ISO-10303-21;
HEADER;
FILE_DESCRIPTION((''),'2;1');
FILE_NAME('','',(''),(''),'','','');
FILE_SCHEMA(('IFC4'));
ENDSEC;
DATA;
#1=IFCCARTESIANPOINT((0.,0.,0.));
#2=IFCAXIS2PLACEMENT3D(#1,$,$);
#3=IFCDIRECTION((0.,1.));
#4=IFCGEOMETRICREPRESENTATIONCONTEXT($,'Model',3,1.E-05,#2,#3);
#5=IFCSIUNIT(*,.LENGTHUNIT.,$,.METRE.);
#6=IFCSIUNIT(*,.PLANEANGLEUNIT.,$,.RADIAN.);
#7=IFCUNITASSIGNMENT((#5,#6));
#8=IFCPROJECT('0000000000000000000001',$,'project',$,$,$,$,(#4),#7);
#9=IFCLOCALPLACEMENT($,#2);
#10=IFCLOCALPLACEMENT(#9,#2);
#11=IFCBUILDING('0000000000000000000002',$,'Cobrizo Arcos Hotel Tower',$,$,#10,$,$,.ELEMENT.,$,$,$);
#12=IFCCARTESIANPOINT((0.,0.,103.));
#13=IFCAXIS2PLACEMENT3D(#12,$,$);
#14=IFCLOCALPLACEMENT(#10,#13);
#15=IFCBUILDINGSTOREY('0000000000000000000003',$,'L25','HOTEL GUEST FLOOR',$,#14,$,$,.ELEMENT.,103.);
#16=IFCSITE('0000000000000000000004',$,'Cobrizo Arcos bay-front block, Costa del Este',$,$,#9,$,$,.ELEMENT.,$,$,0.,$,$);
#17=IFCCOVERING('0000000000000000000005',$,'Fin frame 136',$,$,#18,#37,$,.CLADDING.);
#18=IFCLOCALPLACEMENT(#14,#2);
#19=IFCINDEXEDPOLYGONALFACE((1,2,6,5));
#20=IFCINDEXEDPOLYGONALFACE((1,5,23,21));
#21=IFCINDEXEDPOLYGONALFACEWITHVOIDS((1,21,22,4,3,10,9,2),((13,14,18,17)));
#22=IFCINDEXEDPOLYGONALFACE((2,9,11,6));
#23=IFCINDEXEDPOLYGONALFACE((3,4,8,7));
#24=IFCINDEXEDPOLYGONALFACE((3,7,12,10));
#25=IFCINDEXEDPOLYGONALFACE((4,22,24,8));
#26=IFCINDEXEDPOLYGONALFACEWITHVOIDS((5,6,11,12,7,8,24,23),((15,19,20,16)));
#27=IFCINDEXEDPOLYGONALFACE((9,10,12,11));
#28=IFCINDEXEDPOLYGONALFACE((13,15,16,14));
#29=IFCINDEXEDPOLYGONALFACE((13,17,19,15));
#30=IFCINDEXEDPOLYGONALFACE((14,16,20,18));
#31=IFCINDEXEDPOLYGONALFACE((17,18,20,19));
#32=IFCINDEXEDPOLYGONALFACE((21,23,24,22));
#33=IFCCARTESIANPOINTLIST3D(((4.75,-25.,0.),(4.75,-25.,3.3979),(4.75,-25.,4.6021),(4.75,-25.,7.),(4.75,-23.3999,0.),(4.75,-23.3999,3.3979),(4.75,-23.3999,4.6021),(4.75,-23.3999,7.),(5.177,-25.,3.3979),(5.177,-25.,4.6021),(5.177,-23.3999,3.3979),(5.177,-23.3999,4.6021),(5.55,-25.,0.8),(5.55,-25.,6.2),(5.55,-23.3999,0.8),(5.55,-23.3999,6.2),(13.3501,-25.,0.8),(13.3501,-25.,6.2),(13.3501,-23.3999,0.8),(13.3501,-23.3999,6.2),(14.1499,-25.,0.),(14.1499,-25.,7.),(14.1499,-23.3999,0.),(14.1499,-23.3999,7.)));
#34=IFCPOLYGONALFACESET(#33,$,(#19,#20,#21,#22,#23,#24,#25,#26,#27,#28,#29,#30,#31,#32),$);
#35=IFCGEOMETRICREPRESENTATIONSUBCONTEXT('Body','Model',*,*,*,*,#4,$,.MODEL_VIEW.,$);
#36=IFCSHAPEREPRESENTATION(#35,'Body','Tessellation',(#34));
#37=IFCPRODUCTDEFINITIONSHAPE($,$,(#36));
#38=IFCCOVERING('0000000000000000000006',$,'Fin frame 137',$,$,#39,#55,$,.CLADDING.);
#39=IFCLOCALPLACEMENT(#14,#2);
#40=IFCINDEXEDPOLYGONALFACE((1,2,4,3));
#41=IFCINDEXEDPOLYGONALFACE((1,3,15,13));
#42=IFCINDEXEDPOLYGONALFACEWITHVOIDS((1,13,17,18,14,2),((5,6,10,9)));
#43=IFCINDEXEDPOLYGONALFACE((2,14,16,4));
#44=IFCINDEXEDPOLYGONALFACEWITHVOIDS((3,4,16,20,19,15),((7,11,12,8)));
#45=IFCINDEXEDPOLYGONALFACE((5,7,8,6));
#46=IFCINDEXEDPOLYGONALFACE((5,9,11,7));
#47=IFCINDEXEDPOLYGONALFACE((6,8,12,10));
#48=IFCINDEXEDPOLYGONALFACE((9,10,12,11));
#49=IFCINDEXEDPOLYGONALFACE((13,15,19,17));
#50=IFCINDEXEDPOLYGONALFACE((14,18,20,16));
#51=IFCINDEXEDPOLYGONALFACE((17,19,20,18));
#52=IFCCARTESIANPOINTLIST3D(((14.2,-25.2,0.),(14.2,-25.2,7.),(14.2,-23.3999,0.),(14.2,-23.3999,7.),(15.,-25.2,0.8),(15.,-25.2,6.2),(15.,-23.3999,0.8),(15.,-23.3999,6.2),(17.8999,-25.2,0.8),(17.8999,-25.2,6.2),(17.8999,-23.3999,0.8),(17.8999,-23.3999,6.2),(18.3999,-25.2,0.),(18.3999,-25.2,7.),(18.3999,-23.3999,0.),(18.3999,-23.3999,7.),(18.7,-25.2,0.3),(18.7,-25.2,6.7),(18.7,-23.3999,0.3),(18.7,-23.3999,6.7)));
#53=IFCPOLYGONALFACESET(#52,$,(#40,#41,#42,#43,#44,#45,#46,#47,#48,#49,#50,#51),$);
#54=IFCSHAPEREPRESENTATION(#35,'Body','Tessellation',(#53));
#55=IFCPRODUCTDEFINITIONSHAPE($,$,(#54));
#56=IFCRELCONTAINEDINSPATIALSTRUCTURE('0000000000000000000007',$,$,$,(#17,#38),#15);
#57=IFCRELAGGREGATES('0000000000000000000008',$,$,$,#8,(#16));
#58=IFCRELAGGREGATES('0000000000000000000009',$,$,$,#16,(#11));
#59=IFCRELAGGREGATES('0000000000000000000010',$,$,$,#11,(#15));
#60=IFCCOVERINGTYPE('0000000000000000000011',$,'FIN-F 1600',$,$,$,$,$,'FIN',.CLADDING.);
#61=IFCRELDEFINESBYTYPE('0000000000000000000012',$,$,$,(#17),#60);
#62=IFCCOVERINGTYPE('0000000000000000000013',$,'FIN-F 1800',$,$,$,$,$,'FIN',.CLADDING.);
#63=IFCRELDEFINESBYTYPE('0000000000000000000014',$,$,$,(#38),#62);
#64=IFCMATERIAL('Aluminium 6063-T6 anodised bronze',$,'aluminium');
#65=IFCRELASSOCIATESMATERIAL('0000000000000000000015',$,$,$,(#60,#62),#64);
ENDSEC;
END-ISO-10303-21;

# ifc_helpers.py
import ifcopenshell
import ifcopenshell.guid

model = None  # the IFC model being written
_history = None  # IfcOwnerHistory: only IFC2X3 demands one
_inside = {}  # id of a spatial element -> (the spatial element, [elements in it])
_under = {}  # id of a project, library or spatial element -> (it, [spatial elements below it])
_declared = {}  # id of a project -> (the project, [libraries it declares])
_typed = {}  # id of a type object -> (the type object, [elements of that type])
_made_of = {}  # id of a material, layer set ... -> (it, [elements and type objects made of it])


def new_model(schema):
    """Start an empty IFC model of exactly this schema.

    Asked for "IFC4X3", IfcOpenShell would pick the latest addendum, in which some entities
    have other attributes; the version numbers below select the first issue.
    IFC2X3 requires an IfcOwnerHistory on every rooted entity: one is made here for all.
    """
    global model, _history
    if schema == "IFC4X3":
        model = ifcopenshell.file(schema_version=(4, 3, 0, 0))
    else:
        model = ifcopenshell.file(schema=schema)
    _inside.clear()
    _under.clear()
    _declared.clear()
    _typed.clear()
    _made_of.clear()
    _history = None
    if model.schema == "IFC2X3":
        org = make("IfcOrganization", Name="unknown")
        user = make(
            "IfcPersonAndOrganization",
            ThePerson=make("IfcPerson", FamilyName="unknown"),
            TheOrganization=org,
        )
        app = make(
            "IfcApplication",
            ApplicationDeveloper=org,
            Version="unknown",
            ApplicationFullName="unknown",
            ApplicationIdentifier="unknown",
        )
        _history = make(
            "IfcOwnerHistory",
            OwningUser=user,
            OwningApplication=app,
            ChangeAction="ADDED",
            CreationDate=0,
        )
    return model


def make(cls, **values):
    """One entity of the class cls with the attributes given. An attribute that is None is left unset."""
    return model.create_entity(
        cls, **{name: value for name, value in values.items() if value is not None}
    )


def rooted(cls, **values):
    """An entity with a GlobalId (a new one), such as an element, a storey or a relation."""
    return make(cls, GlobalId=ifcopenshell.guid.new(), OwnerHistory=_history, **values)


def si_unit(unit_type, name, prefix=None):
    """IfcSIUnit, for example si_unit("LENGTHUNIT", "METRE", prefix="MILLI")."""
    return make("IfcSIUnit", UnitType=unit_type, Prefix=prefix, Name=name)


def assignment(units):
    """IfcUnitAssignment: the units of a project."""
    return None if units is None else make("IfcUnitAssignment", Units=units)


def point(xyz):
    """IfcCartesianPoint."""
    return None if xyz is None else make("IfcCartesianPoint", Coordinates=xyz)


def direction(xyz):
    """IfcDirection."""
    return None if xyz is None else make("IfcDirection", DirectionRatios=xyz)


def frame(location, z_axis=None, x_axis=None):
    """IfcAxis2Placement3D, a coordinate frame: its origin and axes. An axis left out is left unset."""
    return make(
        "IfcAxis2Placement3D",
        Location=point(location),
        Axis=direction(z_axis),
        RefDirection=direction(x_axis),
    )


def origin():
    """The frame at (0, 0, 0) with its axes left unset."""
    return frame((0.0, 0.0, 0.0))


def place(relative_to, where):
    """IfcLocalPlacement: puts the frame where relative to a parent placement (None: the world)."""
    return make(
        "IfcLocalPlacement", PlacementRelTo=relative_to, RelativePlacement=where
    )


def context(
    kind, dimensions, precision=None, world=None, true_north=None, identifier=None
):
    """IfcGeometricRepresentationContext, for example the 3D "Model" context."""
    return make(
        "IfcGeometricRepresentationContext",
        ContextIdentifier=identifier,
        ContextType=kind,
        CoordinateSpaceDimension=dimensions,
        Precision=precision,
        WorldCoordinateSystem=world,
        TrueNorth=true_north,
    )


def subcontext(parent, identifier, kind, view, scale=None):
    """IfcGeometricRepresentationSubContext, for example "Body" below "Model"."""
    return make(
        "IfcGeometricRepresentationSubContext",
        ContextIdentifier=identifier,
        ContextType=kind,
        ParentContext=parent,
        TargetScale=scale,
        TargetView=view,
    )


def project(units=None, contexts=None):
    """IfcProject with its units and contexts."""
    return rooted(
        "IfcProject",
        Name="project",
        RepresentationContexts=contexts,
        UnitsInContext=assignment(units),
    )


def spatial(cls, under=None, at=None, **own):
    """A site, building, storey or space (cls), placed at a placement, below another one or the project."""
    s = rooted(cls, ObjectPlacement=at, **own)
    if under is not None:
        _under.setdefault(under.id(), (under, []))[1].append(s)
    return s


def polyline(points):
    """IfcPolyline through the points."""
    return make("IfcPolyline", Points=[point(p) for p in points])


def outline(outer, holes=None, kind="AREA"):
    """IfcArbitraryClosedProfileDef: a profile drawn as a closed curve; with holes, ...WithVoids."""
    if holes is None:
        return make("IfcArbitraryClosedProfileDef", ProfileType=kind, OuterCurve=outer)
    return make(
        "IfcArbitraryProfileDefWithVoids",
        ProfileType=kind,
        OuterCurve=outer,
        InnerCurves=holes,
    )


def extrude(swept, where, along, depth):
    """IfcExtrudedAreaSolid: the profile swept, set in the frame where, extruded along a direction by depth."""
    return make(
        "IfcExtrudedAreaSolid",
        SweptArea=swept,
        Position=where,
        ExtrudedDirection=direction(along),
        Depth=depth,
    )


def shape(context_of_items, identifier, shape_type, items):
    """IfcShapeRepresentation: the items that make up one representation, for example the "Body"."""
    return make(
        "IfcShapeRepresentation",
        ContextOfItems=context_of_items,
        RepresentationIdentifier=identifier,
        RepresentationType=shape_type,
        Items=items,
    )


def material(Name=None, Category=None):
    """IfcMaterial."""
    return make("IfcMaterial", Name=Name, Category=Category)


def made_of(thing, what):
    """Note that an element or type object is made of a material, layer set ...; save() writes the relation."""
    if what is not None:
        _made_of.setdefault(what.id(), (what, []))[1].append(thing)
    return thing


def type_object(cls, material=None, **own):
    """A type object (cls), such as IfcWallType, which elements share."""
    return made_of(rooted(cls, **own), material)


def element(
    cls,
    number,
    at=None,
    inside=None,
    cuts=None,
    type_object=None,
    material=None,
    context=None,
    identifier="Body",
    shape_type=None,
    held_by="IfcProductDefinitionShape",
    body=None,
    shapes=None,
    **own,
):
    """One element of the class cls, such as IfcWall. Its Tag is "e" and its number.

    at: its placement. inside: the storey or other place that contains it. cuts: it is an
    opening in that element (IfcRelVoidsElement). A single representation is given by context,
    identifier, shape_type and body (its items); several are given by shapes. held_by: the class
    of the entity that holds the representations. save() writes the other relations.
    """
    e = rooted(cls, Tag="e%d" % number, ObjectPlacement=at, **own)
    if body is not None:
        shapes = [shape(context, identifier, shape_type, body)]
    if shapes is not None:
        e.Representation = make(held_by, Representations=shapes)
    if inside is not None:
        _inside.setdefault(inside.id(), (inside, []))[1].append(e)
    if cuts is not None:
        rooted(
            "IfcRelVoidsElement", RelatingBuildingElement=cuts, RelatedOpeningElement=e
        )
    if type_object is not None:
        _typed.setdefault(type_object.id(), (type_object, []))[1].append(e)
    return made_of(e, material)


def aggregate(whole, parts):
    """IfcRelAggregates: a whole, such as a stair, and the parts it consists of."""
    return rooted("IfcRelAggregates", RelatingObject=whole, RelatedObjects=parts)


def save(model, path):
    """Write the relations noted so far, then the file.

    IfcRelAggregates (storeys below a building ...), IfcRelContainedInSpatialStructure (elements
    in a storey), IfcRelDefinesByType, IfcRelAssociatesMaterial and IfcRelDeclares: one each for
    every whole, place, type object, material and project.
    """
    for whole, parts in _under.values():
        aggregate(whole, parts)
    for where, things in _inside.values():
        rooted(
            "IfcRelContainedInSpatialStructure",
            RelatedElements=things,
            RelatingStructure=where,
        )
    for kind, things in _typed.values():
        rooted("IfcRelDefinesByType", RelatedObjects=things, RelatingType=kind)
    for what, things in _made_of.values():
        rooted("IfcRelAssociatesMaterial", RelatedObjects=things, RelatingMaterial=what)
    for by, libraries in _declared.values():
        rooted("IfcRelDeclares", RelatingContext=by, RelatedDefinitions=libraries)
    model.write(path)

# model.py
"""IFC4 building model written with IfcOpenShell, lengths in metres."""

from ifc_helpers import new_model, si_unit, direction, frame, origin, place, context, subcontext, project, spatial, polyline, outline, extrude, material, type_object, element, save


model = new_model("IFC4")

# Units and contexts
model_context = context("Model", 3, precision=1e-05, world=origin(), true_north=direction((0.0, 1.0)))
body_context = subcontext(model_context, "Body", "Model", "MODEL_VIEW")
ifc_project = project(units=[si_unit("LENGTHUNIT", "METRE"), si_unit("PLANEANGLEUNIT", "RADIAN")], contexts=[model_context])

# Site, building, storey
site_placement = place(None, origin())
site = spatial("IfcSite", under=ifc_project, at=site_placement, Name="Cobrizo Arcos bay-front block, Costa del Este", CompositionType="ELEMENT", RefElevation=0.0)
building_placement = place(site_placement, origin())
building = spatial("IfcBuilding", under=site, at=building_placement, Name="Cobrizo Arcos Hotel Tower", CompositionType="ELEMENT")
storey_placement = place(building_placement, frame((0.0, 0.0, 103.0)))
storey = spatial("IfcBuildingStorey", under=building, at=storey_placement, Name="L25", Description="HOTEL GUEST FLOOR", CompositionType="ELEMENT", Elevation=103.0)

# Shared definitions
ifc_material_1 = material(Name="Aluminium 6063-T6 anodised bronze", Category="aluminium")

# Coverings
covering_type_1 = type_object("IfcCoveringType", Name="FIN-F 1600", ElementType="FIN", PredefinedType="CLADDING", material=ifc_material_1)
covering_1_placement = place(storey_placement, frame((4.75, -23.3999, 0.0), z_axis=(0.0, -1.0, 0.0), x_axis=(1.0, 0.0, 0.0)))
element("IfcCovering", 1, at=covering_1_placement, inside=storey, type_object=covering_type_1, Name="Fin frame 136", PredefinedType="CLADDING", context=body_context, shape_type="SweptSolid", body=[
    extrude(outline(polyline([(0.0, 7.0), (0.0, 4.6021), (0.427, 4.6021), (0.427, 3.3979), (0.0, 3.3979), (0.0, 0.0), (9.3999, 0.0), (9.3999, 7.0), (0.0, 7.0)]), holes=[polyline([(8.6001, 0.8), (0.8, 0.8), (0.8, 6.2), (8.6001, 6.2), (8.6001, 0.8)])]), origin(), (0.0, 0.0, 1.0), 1.6001),
])
covering_type_2 = type_object("IfcCoveringType", Name="FIN-F 1800", ElementType="FIN", PredefinedType="CLADDING", material=ifc_material_1)
covering_2_placement = place(storey_placement, frame((14.2, -23.3999, 0.0), z_axis=(0.0, -1.0, 0.0), x_axis=(1.0, 0.0, 0.0)))
element("IfcCovering", 2, at=covering_2_placement, inside=storey, type_object=covering_type_2, Name="Fin frame 137", PredefinedType="CLADDING", context=body_context, shape_type="SweptSolid", body=[
    extrude(outline(polyline([(0.0, 7.0), (0.0, 0.0), (4.2, 0.0), (4.5, 0.3), (4.5, 6.7), (4.2, 7.0), (0.0, 7.0)]), holes=[polyline([(3.7, 0.8), (0.8, 0.8), (0.8, 6.2), (3.7, 6.2), (3.7, 0.8)])]), origin(), (0.0, 0.0, 1.0), 1.8),
])

save(model, "model.ifc")
